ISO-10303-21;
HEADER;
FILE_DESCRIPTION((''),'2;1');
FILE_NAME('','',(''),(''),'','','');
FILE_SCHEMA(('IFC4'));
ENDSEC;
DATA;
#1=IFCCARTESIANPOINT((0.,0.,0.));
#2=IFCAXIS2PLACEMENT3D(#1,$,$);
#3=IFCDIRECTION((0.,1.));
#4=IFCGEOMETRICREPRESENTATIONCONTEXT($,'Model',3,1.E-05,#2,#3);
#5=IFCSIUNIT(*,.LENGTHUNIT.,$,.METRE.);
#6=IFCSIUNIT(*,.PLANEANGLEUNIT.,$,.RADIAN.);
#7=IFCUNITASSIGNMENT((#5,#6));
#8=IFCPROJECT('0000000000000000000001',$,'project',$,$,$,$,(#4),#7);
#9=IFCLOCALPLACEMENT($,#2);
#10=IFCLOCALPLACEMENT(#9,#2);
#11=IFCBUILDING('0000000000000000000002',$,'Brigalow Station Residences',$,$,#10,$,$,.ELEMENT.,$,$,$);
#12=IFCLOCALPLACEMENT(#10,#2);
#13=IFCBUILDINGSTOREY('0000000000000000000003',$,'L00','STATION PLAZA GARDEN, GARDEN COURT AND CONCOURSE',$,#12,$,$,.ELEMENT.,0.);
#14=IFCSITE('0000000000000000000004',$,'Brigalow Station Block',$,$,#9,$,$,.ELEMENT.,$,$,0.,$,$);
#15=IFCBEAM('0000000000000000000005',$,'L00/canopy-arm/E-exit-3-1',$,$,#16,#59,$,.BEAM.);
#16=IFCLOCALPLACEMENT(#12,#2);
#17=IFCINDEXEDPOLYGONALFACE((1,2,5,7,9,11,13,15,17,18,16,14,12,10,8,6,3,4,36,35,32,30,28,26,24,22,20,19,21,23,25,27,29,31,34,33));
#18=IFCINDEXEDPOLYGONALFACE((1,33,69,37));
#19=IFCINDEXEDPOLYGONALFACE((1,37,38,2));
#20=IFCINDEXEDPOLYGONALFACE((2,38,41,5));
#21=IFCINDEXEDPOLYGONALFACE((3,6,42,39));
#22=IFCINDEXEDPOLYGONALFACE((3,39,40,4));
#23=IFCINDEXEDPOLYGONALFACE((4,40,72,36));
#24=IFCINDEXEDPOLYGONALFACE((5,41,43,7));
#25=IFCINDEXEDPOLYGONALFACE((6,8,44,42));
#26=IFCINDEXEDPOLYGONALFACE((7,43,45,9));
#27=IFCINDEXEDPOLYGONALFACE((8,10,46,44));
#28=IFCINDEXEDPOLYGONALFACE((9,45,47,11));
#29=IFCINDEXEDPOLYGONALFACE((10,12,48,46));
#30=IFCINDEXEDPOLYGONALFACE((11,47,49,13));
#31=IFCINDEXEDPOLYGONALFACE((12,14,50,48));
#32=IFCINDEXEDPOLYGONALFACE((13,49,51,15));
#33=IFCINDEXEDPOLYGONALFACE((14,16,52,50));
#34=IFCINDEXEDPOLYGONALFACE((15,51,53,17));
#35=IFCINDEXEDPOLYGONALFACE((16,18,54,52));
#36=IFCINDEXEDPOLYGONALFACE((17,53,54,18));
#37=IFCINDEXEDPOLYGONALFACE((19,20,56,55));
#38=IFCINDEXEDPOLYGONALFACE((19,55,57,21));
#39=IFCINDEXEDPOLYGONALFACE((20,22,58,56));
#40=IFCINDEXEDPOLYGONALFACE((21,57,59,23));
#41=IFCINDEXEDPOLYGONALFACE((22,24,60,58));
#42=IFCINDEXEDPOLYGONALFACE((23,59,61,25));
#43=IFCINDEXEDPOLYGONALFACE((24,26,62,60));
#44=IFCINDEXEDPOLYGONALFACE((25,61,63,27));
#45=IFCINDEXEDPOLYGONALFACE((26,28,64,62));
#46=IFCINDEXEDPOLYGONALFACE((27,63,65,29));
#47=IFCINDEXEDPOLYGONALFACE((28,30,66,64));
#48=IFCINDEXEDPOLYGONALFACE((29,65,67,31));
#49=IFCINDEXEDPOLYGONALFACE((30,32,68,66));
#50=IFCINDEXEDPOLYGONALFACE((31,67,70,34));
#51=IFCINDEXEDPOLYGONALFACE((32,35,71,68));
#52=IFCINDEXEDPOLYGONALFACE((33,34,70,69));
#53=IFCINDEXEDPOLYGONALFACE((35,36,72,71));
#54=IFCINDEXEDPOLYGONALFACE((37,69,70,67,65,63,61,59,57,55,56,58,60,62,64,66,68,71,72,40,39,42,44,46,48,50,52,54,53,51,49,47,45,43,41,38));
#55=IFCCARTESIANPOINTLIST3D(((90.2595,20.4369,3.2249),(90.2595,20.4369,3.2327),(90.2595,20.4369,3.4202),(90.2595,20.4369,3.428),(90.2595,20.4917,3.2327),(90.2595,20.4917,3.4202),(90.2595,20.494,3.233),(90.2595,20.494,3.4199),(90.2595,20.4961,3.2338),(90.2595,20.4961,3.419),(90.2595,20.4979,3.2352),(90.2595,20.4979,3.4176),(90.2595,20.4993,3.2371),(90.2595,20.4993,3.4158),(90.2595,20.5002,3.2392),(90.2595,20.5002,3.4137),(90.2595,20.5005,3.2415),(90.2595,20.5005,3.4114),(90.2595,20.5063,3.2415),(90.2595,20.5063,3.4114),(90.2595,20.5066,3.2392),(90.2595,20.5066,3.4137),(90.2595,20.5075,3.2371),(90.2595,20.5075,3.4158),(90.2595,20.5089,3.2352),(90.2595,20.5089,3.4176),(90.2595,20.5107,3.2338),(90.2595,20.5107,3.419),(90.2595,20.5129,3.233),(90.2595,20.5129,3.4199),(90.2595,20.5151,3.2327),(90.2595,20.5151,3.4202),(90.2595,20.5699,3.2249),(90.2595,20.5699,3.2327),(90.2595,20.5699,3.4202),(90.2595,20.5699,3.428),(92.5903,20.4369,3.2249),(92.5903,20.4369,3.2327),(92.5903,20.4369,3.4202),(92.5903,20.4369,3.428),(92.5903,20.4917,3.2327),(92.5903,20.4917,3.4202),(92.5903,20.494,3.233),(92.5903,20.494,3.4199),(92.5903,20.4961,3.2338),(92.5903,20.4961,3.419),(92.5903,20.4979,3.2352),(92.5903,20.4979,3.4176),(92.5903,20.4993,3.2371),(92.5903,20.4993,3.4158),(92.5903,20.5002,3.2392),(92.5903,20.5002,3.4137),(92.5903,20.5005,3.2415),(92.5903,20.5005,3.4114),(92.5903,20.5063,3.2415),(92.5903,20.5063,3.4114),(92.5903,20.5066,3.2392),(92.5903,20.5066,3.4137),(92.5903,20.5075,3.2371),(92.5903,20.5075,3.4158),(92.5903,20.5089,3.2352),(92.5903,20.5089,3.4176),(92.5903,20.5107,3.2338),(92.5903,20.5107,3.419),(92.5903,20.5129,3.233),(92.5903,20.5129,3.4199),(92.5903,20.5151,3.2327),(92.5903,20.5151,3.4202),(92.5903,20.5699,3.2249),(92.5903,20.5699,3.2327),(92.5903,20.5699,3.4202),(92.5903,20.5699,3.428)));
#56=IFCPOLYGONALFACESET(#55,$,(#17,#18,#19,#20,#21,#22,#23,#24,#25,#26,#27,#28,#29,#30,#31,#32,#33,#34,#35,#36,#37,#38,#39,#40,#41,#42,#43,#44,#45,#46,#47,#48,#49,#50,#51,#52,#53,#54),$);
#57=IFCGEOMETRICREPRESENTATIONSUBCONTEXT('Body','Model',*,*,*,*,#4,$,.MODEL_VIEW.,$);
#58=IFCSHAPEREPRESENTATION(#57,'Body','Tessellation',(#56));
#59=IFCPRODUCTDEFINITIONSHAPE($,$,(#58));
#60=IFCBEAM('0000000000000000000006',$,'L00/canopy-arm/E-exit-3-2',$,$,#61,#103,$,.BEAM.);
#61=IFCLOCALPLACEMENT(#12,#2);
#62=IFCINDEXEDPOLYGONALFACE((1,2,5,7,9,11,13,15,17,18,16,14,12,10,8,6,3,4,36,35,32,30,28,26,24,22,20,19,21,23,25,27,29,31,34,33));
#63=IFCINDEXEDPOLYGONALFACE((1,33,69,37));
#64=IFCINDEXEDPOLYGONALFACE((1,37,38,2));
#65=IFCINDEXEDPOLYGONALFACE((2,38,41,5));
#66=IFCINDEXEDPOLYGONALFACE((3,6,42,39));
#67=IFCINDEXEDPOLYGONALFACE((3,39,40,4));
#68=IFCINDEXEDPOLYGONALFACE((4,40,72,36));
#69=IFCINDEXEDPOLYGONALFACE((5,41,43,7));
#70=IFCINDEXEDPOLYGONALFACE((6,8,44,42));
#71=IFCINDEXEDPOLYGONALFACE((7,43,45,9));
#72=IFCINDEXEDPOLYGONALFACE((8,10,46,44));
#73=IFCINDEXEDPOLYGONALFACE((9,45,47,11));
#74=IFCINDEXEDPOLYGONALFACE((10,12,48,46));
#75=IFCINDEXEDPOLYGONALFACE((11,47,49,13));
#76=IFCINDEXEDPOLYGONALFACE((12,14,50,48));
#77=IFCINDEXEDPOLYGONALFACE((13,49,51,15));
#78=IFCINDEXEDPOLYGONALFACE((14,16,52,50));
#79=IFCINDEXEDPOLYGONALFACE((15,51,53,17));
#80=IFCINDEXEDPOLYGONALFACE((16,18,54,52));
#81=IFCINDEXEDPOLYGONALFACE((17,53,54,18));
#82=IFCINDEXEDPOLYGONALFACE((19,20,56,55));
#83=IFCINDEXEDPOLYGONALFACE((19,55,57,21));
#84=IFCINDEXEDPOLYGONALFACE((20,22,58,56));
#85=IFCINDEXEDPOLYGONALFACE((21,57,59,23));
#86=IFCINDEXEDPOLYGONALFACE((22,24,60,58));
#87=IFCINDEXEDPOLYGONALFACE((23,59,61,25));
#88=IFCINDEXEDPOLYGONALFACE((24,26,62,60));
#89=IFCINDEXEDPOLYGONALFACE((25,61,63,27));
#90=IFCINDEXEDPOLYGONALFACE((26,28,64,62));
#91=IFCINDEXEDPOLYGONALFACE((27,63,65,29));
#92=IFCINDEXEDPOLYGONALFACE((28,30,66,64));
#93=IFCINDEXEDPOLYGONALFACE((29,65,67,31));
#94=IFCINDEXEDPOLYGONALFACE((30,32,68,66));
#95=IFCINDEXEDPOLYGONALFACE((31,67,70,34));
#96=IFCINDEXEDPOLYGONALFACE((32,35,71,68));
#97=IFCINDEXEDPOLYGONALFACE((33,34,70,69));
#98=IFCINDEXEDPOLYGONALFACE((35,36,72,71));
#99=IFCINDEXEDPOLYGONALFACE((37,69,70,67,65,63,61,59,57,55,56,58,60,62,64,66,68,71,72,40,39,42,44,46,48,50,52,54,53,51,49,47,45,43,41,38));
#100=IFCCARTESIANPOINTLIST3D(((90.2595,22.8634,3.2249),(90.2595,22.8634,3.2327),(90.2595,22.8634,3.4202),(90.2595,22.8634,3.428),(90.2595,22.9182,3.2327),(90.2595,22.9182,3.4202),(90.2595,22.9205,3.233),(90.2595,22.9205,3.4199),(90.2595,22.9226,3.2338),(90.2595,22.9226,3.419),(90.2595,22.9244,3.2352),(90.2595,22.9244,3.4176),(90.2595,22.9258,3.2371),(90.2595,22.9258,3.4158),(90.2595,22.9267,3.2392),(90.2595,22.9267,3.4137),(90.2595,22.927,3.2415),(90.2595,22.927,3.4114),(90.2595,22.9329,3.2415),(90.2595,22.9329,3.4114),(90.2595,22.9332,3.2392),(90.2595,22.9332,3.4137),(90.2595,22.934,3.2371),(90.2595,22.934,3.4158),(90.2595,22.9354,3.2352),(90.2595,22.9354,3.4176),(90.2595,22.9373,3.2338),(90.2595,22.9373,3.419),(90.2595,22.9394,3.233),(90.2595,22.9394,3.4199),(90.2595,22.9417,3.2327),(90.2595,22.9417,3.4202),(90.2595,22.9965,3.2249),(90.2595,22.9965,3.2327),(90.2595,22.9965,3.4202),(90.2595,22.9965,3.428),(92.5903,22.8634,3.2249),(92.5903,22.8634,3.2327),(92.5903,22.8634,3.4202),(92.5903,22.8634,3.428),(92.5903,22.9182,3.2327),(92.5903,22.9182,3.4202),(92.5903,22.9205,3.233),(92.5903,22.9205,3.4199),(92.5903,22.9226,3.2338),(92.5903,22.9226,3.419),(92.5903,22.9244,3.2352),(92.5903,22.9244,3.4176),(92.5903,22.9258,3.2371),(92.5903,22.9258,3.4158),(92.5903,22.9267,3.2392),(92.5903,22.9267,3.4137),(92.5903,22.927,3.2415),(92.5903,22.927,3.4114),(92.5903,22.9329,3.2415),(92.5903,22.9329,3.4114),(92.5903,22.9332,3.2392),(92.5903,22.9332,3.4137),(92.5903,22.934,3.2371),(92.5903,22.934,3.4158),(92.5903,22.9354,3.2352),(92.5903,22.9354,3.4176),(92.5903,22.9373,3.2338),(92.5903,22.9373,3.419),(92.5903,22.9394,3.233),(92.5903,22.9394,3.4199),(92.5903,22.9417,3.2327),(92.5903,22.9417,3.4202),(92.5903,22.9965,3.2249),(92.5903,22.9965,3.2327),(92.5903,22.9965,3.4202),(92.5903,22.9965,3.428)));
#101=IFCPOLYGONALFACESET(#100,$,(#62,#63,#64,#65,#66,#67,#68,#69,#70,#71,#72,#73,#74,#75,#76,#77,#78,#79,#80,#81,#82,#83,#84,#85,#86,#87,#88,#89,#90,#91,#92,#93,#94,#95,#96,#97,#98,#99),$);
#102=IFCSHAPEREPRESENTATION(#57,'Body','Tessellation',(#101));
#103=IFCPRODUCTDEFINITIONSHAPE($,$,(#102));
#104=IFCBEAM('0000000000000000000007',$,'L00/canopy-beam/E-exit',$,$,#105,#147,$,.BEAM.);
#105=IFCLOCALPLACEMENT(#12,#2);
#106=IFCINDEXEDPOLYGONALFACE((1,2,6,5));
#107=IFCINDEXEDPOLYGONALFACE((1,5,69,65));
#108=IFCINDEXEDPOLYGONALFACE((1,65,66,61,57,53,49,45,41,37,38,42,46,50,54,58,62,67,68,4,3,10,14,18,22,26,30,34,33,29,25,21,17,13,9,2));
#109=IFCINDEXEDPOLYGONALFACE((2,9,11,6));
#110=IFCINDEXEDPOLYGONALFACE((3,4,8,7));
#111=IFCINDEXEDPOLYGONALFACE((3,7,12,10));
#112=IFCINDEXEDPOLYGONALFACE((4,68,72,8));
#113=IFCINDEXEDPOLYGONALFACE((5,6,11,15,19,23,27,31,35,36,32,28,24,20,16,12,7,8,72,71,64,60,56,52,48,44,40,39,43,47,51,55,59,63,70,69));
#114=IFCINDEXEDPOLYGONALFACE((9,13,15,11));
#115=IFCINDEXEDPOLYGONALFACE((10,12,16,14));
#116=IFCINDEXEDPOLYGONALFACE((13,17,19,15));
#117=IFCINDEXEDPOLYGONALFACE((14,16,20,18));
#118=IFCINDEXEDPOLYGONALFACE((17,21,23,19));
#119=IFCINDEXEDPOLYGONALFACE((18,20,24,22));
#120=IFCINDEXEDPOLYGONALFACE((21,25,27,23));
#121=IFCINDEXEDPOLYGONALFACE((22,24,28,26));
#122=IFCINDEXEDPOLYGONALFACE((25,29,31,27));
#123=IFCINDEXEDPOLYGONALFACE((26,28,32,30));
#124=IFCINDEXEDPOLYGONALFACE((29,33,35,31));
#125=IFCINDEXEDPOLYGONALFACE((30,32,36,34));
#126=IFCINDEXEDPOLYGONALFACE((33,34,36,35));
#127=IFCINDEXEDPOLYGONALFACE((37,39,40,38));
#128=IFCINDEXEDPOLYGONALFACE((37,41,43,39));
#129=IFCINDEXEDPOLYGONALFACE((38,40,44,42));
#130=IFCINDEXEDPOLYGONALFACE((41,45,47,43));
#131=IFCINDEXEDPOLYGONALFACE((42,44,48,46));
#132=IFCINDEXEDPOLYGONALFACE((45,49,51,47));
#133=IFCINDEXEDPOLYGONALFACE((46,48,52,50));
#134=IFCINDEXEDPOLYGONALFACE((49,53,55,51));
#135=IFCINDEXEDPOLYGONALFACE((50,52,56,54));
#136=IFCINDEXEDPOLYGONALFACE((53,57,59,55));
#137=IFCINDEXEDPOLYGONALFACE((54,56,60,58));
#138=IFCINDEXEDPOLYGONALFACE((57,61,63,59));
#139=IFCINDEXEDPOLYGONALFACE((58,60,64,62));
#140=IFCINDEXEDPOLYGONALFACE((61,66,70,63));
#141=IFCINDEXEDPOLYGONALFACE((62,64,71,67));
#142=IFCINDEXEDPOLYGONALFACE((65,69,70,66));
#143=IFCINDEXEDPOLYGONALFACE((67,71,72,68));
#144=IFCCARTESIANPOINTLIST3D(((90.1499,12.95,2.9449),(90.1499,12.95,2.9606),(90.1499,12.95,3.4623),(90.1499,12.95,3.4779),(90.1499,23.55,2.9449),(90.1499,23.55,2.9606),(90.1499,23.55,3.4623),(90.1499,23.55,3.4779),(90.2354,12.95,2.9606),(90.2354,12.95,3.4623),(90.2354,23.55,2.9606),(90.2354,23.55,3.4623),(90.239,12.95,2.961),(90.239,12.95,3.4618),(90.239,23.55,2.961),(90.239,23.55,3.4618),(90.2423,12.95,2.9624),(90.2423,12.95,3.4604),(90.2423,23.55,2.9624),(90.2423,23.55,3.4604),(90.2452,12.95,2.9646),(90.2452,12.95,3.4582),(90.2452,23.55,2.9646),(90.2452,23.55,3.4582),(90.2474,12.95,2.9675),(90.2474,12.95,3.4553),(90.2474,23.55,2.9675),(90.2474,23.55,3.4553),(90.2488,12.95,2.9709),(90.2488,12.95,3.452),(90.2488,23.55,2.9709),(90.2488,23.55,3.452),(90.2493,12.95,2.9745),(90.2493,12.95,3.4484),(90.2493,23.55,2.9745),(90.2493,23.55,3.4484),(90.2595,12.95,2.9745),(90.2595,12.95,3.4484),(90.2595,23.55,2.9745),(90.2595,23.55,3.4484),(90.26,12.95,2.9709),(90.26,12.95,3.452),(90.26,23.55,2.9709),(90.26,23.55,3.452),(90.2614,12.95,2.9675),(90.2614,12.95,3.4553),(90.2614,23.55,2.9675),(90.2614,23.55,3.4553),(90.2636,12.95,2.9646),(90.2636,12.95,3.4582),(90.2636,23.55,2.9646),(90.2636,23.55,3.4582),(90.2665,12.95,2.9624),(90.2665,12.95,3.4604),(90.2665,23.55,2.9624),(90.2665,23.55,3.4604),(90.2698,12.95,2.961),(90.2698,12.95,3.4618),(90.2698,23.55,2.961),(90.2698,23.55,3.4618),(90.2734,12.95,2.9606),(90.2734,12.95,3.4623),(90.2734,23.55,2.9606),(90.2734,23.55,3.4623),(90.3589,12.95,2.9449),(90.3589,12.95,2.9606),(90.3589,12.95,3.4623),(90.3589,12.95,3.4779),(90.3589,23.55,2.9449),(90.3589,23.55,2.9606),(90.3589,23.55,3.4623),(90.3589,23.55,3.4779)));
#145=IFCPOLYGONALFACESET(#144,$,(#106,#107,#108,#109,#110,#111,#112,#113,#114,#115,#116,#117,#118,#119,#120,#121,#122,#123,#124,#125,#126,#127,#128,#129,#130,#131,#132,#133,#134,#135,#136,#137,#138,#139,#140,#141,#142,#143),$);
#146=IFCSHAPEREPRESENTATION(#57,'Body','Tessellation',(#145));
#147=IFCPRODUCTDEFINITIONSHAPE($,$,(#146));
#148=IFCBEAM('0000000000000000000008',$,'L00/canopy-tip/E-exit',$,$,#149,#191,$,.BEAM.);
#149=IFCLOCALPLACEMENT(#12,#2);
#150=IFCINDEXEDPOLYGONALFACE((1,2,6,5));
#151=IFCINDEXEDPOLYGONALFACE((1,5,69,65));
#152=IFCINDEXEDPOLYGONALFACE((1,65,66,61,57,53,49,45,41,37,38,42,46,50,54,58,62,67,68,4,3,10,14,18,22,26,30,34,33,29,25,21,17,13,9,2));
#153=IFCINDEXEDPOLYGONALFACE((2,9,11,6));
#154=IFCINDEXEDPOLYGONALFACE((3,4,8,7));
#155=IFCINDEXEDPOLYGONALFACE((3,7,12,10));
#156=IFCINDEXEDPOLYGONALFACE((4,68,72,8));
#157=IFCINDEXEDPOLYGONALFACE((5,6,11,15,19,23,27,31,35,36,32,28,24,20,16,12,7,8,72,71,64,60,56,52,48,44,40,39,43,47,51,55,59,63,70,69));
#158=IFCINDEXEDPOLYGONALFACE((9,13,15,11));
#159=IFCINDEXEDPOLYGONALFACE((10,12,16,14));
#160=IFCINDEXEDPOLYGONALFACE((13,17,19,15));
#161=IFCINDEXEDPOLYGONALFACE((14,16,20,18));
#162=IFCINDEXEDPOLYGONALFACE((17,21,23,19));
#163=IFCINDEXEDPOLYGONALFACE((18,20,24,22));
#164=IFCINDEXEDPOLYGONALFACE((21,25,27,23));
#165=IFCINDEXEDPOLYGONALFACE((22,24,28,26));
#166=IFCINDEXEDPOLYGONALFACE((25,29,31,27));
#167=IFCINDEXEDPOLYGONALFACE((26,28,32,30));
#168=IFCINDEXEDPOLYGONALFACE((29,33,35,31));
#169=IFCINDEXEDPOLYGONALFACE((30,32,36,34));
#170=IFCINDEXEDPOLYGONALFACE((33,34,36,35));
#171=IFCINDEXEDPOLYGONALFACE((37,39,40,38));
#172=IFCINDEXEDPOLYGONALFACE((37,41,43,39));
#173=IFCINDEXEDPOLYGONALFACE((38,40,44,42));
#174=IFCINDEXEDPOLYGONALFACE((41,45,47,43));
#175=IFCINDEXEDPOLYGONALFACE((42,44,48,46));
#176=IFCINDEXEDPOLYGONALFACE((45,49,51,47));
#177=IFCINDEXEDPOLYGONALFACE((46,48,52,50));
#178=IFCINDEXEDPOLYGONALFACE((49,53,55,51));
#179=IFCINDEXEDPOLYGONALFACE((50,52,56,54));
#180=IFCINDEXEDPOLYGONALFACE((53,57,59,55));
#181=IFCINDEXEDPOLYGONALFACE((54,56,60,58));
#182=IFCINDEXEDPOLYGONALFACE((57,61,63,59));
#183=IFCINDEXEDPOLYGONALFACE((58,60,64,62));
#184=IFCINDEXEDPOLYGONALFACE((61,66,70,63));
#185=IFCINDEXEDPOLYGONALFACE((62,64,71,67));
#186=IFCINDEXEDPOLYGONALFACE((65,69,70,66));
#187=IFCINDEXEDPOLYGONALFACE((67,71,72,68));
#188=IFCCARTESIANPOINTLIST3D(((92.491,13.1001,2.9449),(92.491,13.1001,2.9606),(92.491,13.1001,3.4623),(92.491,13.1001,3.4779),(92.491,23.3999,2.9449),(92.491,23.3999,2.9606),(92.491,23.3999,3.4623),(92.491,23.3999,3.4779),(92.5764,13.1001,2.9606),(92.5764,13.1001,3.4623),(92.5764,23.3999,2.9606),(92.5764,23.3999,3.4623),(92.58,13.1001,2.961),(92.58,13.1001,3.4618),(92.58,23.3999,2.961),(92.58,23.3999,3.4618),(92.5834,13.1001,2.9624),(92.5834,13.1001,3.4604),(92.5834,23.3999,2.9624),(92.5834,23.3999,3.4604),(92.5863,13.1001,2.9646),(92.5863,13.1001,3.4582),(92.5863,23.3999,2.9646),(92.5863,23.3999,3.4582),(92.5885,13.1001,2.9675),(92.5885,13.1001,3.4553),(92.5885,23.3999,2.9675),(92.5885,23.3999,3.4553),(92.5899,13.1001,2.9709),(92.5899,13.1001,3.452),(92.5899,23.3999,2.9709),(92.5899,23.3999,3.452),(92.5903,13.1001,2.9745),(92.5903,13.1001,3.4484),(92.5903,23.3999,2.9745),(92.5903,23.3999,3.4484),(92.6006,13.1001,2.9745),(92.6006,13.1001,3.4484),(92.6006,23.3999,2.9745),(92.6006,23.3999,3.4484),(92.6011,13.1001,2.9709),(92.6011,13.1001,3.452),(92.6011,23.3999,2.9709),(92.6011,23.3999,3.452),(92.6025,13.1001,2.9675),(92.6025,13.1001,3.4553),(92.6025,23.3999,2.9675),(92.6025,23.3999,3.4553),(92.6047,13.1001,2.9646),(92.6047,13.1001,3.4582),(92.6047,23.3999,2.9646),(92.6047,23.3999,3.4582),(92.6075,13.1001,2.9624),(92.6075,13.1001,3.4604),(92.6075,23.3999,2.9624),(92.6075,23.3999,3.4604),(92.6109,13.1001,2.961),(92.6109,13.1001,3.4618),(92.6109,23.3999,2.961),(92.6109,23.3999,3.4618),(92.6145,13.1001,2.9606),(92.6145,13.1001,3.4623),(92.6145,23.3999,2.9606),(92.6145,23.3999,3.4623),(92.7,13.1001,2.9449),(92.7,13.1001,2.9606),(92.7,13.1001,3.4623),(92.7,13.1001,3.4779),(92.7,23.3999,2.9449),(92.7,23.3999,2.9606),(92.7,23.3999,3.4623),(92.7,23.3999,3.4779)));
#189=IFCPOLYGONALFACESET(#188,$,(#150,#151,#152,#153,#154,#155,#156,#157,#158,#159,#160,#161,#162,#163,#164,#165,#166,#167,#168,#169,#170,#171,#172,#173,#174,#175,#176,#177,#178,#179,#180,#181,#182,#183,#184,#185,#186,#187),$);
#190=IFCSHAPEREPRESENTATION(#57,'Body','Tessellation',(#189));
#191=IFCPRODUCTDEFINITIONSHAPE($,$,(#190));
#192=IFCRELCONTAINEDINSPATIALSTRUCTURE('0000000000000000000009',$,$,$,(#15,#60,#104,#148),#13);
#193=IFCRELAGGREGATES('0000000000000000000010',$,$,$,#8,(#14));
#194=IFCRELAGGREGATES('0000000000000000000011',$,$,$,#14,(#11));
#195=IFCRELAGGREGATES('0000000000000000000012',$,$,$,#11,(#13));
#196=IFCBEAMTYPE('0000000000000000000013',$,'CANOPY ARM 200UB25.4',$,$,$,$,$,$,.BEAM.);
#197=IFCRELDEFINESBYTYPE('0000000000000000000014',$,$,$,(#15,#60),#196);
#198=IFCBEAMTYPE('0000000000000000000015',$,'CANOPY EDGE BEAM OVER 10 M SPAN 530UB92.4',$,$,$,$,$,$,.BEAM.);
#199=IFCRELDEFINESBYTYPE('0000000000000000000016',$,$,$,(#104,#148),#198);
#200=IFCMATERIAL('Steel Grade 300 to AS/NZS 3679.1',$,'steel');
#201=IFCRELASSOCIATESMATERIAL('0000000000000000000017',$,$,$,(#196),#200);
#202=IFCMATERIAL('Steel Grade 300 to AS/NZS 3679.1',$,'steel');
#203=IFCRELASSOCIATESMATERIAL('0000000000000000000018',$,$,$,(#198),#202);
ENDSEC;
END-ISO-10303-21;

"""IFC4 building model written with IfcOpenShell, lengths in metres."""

from ifc_helpers import new_model, si_unit, direction, frame, origin, origin_2d, place, context, subcontext, project, spatial, i_section, extrude, material, material_profile, profile_set, type_object, element, save


model = new_model("IFC4")

# Units and contexts
model_context = context("Model", 3, precision=1e-05, world=origin(), true_north=direction((0.0, 1.0)))
body_context = subcontext(model_context, "Body", "Model", "MODEL_VIEW")
ifc_project = project(units=[si_unit("LENGTHUNIT", "METRE"), si_unit("PLANEANGLEUNIT", "RADIAN")], contexts=[model_context])

# Site, building, storey
site_placement = place(None, origin())
site = spatial("IfcSite", under=ifc_project, at=site_placement, Name="Brigalow Station Block", CompositionType="ELEMENT", RefElevation=0.0)
building_placement = place(site_placement, origin())
building = spatial("IfcBuilding", under=site, at=building_placement, Name="Brigalow Station Residences", CompositionType="ELEMENT")
storey_placement = place(building_placement, origin())
storey = spatial("IfcBuildingStorey", under=building, at=storey_placement, Name="L00", Description="STATION PLAZA GARDEN, GARDEN COURT AND CONCOURSE", CompositionType="ELEMENT", Elevation=0.0)

# Beams
ifc_material_1 = material(Name="Steel Grade 300 to AS/NZS 3679.1", Category="steel")
ifc_material_profile_1 = material_profile(ifc_material_1, i_section(OverallWidth=0.1331, OverallDepth=0.2031, WebThickness=0.0059, FlangeThickness=0.0078, FilletRadius=0.0088, at=origin_2d()), Name="200UB25.4")
ifc_profile_set_1 = profile_set([ifc_material_profile_1], Name="Steel Grade 300 to AS/NZS 3679.1")
beam_type_1 = type_object("IfcBeamType", Name="CANOPY ARM 200UB25.4", PredefinedType="BEAM", material=ifc_profile_set_1)
for number, where, z_axis, x_axis, name in (
    (1, (90.2595, 20.5034, 3.3264), (1.0, 0.0, 0.0), (0.0, 1.0, 0.0), "L00/canopy-arm/E-exit-3-1"),
    (2, (90.2595, 22.9299, 3.3264), (1.0, 0.0, 0.0), (0.0, 1.0, 0.0), "L00/canopy-arm/E-exit-3-2"),
):
    element("IfcBeam", number, at=place(storey_placement, frame(where, z_axis=z_axis, x_axis=x_axis)), inside=storey, type_object=beam_type_1, Name=name, PredefinedType="BEAM", context=body_context, shape_type="SweptSolid", body=[
        extrude(i_section(OverallWidth=0.1331, OverallDepth=0.2031, WebThickness=0.0059, FlangeThickness=0.0078, FilletRadius=0.0088, at=origin_2d()), origin(), (0.0, 0.0, 1.0), 2.3308),
    ])
ifc_material_2 = material(Name="Steel Grade 300 to AS/NZS 3679.1", Category="steel")
ifc_material_profile_2 = material_profile(ifc_material_2, i_section(OverallWidth=0.209, OverallDepth=0.533, WebThickness=0.0103, FlangeThickness=0.0156, FilletRadius=0.0139, at=origin_2d()), Name="530UB92.4")
ifc_profile_set_2 = profile_set([ifc_material_profile_2], Name="Steel Grade 300 to AS/NZS 3679.1")
beam_type_2 = type_object("IfcBeamType", Name="CANOPY EDGE BEAM OVER 10 M SPAN 530UB92.4", PredefinedType="BEAM", material=ifc_profile_set_2)
beam_1_placement = place(storey_placement, frame((90.2544, 12.95, 3.2114), z_axis=(0.0, 1.0, 0.0), x_axis=(-1.0, 0.0, 0.0)))
element("IfcBeam", 3, at=beam_1_placement, inside=storey, type_object=beam_type_2, Name="L00/canopy-beam/E-exit", PredefinedType="BEAM", context=body_context, shape_type="SweptSolid", body=[
    extrude(i_section(OverallWidth=0.209, OverallDepth=0.533, WebThickness=0.0103, FlangeThickness=0.0156, FilletRadius=0.0139, at=origin_2d()), origin(), (0.0, 0.0, 1.0), 10.6001),
])
beam_2_placement = place(storey_placement, frame((92.5955, 13.1001, 3.2114), z_axis=(0.0, 1.0, 0.0), x_axis=(-1.0, 0.0, 0.0)))
element("IfcBeam", 4, at=beam_2_placement, inside=storey, type_object=beam_type_2, Name="L00/canopy-tip/E-exit", PredefinedType="BEAM", context=body_context, shape_type="SweptSolid", body=[
    extrude(i_section(OverallWidth=0.209, OverallDepth=0.533, WebThickness=0.0103, FlangeThickness=0.0156, FilletRadius=0.0139, at=origin_2d()), origin(), (0.0, 0.0, 1.0), 10.2998),
])

save(model, "model.ifc")
